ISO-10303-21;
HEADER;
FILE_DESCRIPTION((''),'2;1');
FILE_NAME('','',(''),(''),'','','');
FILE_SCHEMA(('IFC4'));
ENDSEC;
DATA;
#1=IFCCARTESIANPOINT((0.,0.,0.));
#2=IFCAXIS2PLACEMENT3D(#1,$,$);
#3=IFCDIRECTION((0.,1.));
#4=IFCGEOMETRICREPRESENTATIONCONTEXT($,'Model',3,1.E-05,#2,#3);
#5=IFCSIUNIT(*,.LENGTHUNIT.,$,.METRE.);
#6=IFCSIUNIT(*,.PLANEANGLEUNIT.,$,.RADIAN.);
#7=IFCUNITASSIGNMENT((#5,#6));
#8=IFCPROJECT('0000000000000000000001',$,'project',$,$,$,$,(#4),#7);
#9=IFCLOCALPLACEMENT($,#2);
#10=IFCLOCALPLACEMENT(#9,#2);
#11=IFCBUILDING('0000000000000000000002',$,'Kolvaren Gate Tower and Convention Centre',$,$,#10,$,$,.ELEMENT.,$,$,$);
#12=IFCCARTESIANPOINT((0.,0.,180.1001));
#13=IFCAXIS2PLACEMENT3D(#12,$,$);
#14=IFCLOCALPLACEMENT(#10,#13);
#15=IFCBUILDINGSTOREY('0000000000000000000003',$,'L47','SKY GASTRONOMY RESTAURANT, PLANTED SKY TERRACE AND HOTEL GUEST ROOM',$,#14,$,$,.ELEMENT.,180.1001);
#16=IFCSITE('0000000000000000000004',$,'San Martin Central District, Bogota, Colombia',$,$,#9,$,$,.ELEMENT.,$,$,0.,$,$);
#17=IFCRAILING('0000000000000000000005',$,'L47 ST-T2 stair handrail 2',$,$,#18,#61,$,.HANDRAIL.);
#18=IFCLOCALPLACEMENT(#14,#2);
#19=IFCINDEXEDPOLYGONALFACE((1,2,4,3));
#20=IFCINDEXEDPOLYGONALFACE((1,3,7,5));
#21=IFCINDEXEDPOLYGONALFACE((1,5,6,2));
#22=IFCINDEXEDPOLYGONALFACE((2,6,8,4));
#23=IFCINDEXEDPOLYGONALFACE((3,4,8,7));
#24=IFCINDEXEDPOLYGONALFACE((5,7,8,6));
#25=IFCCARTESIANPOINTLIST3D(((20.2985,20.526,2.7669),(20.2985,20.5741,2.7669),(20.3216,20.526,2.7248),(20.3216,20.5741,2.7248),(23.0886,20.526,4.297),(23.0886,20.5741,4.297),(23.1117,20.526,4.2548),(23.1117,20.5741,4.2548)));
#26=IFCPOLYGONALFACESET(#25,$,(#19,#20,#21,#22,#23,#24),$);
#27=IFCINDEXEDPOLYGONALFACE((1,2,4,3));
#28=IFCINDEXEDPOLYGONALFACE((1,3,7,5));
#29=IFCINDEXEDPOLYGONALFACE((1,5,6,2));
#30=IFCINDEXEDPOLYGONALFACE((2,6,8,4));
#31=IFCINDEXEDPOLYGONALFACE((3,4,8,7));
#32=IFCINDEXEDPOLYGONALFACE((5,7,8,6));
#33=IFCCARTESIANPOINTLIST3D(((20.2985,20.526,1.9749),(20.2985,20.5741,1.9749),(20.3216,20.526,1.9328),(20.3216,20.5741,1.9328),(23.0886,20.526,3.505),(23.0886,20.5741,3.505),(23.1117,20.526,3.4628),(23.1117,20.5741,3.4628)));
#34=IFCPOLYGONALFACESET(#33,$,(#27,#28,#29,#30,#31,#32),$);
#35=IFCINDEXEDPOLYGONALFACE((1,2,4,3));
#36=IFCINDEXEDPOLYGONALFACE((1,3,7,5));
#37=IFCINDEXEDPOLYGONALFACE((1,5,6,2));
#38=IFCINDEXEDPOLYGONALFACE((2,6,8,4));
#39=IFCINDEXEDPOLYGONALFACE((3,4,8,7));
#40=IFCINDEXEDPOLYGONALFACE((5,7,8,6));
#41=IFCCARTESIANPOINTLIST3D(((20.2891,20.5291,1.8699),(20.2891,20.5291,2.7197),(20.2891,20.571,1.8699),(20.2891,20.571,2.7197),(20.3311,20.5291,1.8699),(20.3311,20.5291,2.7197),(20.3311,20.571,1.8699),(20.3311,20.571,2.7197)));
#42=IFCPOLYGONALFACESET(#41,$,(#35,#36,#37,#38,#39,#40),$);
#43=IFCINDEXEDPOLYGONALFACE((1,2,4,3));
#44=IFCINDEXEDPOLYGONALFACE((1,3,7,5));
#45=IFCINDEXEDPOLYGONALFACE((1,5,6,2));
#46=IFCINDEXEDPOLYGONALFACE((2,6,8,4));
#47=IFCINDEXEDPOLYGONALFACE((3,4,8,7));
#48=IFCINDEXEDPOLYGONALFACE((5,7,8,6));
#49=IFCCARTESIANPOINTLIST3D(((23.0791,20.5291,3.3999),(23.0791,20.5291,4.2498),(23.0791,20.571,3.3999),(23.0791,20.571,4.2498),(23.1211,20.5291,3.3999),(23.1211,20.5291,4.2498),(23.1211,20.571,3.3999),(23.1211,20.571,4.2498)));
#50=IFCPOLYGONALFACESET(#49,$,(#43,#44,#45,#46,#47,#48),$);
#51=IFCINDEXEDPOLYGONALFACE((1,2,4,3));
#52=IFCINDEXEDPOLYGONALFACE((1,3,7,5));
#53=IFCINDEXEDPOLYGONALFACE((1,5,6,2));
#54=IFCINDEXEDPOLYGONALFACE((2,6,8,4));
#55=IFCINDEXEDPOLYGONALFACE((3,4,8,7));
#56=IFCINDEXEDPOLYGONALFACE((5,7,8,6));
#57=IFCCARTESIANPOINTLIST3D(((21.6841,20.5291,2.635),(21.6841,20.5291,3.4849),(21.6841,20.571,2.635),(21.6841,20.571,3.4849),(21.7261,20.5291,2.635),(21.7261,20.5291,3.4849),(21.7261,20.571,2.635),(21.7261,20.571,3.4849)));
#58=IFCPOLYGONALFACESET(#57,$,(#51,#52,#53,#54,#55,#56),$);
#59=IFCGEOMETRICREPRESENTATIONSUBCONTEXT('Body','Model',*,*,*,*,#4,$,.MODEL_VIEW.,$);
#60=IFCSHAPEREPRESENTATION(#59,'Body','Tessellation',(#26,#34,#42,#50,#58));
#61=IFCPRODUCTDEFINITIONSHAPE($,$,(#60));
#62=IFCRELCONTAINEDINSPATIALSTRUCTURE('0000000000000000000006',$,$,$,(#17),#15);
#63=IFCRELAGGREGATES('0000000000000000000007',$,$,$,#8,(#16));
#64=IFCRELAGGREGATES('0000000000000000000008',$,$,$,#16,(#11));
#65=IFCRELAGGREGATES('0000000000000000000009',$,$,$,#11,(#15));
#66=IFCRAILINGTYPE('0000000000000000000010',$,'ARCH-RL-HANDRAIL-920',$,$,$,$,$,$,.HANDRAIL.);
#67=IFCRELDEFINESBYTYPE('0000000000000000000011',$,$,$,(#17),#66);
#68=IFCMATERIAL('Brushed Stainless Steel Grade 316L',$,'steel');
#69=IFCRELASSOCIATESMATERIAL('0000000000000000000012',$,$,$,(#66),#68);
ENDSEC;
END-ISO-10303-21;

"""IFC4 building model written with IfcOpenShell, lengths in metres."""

from ifc_helpers import new_model, si_unit, direction, frame, origin, origin_2d, place, context, subcontext, project, spatial, rectangle, extrude, material, type_object, element, save


model = new_model("IFC4")

# Units and contexts
model_context = context("Model", 3, precision=1e-05, world=origin(), true_north=direction((0.0, 1.0)))
body_context = subcontext(model_context, "Body", "Model", "MODEL_VIEW")
ifc_project = project(units=[si_unit("LENGTHUNIT", "METRE"), si_unit("PLANEANGLEUNIT", "RADIAN")], contexts=[model_context])

# Site, building, storey
site_placement = place(None, origin())
site = spatial("IfcSite", under=ifc_project, at=site_placement, Name="San Martin Central District, Bogota, Colombia", CompositionType="ELEMENT", RefElevation=0.0)
building_placement = place(site_placement, origin())
building = spatial("IfcBuilding", under=site, at=building_placement, Name="Kolvaren Gate Tower and Convention Centre", CompositionType="ELEMENT")
storey_placement = place(building_placement, frame((0.0, 0.0, 180.1001)))
storey = spatial("IfcBuildingStorey", under=building, at=storey_placement, Name="L47", Description="SKY GASTRONOMY RESTAURANT, PLANTED SKY TERRACE AND HOTEL GUEST ROOM", CompositionType="ELEMENT", Elevation=180.1001)

# Shared definitions
ifc_material_1 = material(Name="Brushed Stainless Steel Grade 316L", Category="steel")

# Railing
railing_type_1 = type_object("IfcRailingType", Name="ARCH-RL-HANDRAIL-920", PredefinedType="HANDRAIL", material=ifc_material_1)
railing_1_placement = place(storey_placement, frame((20.3101, 20.55, 1.8699)))
element("IfcRailing", 1, at=railing_1_placement, inside=storey, type_object=railing_type_1, Name="L47 ST-T2 stair handrail 2", PredefinedType="HANDRAIL", context=body_context, shape_type="SweptSolid", body=[
    extrude(rectangle(XDim=0.0481, YDim=0.0481, at=origin_2d()), frame((0.0, 0.0, 0.876), z_axis=(0.876811, 0.0, 0.480835), x_axis=(0.0, 1.0, 0.0)), (0.0, 0.0, 1.0), 3.1821),
    extrude(rectangle(XDim=0.0481, YDim=0.0481, at=origin_2d()), frame((0.0, 0.0, 0.084), z_axis=(0.876811, 0.0, 0.480835), x_axis=(0.0, 1.0, 0.0)), (0.0, 0.0, 1.0), 3.1821),
    extrude(rectangle(XDim=0.042, YDim=0.042, at=origin_2d()), origin(), (0.0, 0.0, 1.0), 0.8499),
    extrude(rectangle(XDim=0.042, YDim=0.042, at=origin_2d()), frame((2.79, 0.0, 1.53)), (0.0, 0.0, 1.0), 0.8499),
    extrude(rectangle(XDim=0.042, YDim=0.042, at=origin_2d()), frame((1.395, 0.0, 0.7651)), (0.0, 0.0, 1.0), 0.8499),
])

save(model, "model.ifc")
